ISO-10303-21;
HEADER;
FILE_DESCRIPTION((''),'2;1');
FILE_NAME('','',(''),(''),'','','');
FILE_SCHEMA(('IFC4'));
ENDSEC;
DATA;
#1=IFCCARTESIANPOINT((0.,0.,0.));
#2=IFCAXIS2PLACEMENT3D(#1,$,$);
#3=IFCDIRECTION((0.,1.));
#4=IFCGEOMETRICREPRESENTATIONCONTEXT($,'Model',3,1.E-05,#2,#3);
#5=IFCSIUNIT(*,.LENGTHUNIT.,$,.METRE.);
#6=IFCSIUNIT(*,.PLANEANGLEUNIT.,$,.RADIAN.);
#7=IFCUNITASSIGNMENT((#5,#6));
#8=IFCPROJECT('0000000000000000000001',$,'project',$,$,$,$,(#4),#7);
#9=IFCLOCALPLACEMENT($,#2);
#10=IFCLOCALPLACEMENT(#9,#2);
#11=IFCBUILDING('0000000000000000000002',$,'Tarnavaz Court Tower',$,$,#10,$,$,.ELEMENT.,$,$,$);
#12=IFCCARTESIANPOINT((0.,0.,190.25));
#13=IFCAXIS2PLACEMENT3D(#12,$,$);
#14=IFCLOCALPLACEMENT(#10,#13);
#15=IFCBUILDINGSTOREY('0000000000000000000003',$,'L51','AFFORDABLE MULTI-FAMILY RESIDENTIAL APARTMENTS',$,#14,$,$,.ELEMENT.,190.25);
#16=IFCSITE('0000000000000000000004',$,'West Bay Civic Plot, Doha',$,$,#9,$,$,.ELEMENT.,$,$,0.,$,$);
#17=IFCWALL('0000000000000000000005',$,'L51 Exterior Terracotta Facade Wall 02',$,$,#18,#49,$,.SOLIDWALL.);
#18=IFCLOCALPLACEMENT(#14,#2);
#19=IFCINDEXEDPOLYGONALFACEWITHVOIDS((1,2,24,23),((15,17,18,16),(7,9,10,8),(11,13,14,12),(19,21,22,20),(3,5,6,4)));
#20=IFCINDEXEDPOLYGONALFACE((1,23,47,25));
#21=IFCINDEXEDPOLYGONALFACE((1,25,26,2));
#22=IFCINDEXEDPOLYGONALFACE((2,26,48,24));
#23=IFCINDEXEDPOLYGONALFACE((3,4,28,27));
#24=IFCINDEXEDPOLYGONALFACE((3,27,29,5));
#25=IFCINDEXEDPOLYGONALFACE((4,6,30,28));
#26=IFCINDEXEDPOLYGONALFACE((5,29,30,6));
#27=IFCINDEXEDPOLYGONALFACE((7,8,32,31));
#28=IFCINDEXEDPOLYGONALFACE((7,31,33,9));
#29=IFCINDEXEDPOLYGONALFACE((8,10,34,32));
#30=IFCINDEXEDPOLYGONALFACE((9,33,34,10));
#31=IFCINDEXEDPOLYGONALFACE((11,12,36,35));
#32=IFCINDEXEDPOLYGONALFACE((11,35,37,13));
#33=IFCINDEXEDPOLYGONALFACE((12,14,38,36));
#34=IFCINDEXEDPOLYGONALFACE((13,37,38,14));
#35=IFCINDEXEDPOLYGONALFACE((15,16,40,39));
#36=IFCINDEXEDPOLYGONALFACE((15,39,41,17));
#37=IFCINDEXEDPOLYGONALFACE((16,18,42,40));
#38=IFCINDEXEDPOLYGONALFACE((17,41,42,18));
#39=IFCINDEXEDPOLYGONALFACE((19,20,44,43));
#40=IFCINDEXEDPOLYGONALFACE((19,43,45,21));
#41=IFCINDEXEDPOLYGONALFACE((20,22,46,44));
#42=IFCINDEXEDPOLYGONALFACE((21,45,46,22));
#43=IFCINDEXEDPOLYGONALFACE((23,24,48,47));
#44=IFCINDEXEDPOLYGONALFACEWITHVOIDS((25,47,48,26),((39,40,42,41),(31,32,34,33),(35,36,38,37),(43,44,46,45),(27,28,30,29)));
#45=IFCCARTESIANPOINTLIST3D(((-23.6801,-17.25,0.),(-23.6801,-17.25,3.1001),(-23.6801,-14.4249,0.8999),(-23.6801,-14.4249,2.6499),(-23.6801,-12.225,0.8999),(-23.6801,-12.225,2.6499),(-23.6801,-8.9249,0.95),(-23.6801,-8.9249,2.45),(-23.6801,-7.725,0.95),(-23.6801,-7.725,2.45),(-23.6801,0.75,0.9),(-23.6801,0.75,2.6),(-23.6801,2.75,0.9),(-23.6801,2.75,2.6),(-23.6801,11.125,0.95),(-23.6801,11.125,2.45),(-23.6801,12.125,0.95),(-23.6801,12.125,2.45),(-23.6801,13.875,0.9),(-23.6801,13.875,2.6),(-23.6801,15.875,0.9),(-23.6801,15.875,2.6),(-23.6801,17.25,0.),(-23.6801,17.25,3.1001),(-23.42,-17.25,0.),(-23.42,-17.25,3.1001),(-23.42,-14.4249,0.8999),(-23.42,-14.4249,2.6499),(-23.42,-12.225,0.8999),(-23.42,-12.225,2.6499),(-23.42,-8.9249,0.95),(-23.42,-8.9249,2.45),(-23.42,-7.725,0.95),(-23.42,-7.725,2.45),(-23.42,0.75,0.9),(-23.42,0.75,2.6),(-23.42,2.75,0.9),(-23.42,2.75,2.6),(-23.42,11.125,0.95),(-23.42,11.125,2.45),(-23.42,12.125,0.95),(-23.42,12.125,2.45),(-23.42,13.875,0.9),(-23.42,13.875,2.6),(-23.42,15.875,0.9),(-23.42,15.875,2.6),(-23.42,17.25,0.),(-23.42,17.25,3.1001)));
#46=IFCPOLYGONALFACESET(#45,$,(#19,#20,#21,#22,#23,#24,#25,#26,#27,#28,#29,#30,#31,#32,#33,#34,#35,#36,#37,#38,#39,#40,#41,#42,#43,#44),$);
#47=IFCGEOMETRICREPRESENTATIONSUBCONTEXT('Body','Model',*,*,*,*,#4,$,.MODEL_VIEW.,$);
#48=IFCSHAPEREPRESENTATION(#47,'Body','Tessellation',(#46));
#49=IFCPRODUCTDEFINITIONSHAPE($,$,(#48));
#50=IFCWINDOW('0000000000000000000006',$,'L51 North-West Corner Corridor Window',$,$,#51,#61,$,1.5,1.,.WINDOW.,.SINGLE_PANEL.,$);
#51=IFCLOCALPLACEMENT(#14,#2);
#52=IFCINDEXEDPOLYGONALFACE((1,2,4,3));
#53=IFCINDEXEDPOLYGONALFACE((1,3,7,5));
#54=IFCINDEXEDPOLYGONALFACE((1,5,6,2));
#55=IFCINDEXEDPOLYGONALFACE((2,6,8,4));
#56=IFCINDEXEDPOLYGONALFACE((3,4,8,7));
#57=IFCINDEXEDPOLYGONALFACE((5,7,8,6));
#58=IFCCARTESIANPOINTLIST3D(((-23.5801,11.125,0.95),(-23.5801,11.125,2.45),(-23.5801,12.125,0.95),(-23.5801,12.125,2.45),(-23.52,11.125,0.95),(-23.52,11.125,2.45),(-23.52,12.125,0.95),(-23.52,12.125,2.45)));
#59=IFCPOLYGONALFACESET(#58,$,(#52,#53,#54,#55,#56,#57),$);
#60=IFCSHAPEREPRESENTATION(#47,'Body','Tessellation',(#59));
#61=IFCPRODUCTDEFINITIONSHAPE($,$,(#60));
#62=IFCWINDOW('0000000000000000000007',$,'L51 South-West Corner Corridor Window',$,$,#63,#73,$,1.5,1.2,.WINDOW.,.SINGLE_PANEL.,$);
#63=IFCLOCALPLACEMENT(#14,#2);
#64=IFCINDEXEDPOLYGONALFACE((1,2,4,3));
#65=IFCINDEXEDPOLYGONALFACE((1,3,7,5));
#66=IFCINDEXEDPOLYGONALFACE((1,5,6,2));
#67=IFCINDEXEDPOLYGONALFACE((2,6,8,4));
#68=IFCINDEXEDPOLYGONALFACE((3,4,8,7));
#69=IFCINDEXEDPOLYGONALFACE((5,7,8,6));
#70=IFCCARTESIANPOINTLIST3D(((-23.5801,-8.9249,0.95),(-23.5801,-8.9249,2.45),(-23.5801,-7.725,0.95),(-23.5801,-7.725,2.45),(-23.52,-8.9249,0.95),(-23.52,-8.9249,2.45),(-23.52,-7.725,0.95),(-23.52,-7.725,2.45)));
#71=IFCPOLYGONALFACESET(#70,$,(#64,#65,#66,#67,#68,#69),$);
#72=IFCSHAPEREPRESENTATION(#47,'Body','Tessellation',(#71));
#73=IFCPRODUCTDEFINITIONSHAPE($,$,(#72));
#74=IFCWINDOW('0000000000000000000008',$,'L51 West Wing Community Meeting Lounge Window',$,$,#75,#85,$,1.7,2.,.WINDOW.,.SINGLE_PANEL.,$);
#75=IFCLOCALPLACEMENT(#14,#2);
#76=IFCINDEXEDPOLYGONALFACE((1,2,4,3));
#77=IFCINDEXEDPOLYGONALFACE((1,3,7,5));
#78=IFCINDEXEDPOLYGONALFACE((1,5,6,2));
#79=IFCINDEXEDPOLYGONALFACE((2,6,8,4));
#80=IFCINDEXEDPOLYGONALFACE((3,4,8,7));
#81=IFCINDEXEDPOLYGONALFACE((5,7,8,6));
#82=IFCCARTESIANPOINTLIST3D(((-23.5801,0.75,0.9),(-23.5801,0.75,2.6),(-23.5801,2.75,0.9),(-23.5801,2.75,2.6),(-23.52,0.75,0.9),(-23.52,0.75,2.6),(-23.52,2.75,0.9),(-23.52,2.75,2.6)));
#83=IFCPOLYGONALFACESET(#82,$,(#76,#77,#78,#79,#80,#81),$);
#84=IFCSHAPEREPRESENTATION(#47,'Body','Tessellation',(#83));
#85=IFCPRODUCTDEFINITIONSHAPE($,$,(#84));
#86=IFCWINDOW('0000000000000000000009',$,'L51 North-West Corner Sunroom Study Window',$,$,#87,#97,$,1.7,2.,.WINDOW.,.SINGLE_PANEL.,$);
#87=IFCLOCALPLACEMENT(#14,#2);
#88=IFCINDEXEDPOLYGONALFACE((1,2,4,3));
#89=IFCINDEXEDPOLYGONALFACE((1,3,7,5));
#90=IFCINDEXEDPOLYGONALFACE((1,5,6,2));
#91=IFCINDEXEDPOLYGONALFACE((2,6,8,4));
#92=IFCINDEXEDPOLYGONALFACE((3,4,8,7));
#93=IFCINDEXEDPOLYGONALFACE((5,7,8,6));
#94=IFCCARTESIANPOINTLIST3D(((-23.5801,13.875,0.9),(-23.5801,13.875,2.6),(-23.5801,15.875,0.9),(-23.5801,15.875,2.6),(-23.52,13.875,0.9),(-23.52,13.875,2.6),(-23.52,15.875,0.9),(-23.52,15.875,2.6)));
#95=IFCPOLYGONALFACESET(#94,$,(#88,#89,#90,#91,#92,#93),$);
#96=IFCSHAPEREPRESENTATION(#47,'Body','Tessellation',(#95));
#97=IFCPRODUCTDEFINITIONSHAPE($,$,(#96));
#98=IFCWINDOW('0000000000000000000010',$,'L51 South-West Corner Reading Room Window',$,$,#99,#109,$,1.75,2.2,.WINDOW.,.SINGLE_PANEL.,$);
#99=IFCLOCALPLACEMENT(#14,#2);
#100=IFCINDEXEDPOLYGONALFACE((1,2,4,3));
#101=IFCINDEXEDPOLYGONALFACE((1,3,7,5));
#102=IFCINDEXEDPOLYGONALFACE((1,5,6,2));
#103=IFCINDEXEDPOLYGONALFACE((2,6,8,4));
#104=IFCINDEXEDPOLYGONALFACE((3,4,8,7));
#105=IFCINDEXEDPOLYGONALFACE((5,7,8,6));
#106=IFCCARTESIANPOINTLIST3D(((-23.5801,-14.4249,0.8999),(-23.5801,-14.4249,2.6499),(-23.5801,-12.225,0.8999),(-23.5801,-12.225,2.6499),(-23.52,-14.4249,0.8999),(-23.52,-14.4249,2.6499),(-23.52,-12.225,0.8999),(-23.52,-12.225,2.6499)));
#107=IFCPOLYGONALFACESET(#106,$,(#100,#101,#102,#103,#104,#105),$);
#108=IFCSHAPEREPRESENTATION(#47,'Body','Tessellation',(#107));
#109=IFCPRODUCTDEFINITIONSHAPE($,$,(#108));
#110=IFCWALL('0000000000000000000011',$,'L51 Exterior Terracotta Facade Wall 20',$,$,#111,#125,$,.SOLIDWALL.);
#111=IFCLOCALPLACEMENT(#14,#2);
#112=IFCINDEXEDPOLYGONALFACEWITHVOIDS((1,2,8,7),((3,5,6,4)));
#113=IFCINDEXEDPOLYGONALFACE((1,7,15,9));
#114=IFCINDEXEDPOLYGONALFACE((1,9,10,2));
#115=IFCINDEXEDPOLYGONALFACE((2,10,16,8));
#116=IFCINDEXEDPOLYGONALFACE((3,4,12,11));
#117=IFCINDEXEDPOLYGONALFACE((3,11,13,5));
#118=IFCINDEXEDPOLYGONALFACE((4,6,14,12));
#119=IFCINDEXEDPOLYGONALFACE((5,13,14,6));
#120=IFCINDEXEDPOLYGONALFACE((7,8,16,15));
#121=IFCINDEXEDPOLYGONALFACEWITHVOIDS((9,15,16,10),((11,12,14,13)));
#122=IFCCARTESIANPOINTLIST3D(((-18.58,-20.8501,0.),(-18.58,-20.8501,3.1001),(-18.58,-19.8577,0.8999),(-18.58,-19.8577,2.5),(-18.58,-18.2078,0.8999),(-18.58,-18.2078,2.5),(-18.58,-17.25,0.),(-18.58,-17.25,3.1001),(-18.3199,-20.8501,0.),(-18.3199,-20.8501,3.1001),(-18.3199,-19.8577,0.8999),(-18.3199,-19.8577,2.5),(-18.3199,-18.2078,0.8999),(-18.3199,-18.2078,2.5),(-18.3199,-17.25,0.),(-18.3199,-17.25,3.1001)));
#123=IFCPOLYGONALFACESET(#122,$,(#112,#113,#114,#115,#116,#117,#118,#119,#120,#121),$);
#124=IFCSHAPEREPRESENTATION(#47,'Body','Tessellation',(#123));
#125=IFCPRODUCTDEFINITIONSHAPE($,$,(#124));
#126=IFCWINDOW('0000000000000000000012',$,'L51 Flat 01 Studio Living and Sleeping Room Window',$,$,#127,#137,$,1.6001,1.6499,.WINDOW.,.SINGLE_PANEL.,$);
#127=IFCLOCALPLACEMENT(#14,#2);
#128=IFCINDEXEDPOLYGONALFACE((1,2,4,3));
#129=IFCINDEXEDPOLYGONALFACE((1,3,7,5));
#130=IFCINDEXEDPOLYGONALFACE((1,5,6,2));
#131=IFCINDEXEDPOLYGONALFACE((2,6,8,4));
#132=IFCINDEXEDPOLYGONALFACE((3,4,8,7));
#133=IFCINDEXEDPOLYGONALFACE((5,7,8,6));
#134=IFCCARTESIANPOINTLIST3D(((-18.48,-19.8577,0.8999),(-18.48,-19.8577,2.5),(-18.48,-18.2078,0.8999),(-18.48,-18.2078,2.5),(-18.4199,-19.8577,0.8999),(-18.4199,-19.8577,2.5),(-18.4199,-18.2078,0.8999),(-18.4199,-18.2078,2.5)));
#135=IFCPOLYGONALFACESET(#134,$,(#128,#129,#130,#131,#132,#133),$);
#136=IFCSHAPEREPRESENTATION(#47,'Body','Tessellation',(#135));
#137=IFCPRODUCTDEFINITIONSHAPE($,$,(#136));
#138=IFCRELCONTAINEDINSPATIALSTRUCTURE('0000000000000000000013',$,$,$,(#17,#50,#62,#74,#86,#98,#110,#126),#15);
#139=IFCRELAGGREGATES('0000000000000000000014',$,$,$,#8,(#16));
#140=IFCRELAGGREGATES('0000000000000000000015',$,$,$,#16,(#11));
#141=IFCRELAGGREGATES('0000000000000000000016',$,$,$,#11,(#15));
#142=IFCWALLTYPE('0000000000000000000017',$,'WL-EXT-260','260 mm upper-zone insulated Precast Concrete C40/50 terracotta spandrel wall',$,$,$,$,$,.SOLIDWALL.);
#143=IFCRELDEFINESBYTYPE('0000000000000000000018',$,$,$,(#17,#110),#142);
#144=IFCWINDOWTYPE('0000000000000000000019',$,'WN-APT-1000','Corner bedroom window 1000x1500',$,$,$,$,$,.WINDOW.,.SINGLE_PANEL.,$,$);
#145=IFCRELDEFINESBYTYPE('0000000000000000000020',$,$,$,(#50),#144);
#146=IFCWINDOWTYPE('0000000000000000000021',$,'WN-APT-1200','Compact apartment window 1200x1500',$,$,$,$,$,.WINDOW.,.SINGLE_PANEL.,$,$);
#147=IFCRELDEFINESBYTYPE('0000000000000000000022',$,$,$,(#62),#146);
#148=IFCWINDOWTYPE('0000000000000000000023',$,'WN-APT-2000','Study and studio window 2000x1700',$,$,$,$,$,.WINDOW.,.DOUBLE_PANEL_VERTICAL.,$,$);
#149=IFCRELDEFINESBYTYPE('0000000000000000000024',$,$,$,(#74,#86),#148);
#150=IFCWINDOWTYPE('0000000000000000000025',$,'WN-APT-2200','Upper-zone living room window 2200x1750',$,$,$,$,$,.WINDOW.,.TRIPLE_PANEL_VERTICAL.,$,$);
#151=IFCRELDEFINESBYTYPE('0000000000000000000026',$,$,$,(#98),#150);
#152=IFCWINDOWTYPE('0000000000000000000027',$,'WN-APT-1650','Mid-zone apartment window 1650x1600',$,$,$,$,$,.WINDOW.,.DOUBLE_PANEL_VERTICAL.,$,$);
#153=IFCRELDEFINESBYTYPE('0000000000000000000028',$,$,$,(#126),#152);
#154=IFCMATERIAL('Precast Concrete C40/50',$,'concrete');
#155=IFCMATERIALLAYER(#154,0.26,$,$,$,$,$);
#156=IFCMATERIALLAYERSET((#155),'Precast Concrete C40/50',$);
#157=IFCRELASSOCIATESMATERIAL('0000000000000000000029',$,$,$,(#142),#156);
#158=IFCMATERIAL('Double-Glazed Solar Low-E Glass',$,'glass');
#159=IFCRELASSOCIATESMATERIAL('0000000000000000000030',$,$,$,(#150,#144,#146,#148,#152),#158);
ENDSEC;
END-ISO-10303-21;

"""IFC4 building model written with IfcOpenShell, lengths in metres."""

from ifc_helpers import new_model, si_unit, direction, frame, frame_2d, origin, place, context, subcontext, project, spatial, rectangle, extrude, material, layer, layer_set, type_object, element, fill, save


model = new_model("IFC4")

# Units and contexts
model_context = context("Model", 3, precision=1e-05, world=origin(), true_north=direction((0.0, 1.0)))
body_context = subcontext(model_context, "Body", "Model", "MODEL_VIEW")
ifc_project = project(units=[si_unit("LENGTHUNIT", "METRE"), si_unit("PLANEANGLEUNIT", "RADIAN")], contexts=[model_context])

# Site, building, storey
site_placement = place(None, origin())
site = spatial("IfcSite", under=ifc_project, at=site_placement, Name="West Bay Civic Plot, Doha", CompositionType="ELEMENT", RefElevation=0.0)
building_placement = place(site_placement, origin())
building = spatial("IfcBuilding", under=site, at=building_placement, Name="Tarnavaz Court Tower", CompositionType="ELEMENT")
storey_placement = place(building_placement, frame((0.0, 0.0, 190.25)))
storey = spatial("IfcBuildingStorey", under=building, at=storey_placement, Name="L51", Description="AFFORDABLE MULTI-FAMILY RESIDENTIAL APARTMENTS", CompositionType="ELEMENT", Elevation=190.25)

# Shared definitions
ifc_material_1 = material(Name="Precast Concrete C40/50", Category="concrete")
ifc_layer_1 = layer(ifc_material_1, 0.26)
ifc_layer_set_1 = layer_set([ifc_layer_1], Name="Precast Concrete C40/50")
wall_type_1 = type_object("IfcWallType", Name="WL-EXT-260", Description="260 mm upper-zone insulated Precast Concrete C40/50 terracotta spandrel wall", PredefinedType="SOLIDWALL", material=ifc_layer_set_1)
ifc_material_2 = material(Name="Double-Glazed Solar Low-E Glass", Category="glass")
window_type_1 = type_object("IfcWindowType", Name="WN-APT-2200", Description="Upper-zone living room window 2200x1750", PartitioningType="TRIPLE_PANEL_VERTICAL", PredefinedType="WINDOW", material=ifc_material_2)

# Wall, openings, windows
wall_1_placement = place(storey_placement, frame((-23.55, -17.25, 0.0), z_axis=(0.0, 0.0, 1.0), x_axis=(0.0, 1.0, 0.0)))
wall_1 = element("IfcWall", 1, at=wall_1_placement, inside=storey, type_object=wall_type_1, Name="L51 Exterior Terracotta Facade Wall 02", PredefinedType="SOLIDWALL", context=body_context, shape_type="SweptSolid", body=[
    extrude(rectangle(XDim=34.5, YDim=0.26, at=frame_2d((17.25, 0.0))), origin(), (0.0, 0.0, 1.0), 3.1001),
])
opening_1_placement = place(wall_1_placement, frame((2.825, 0.0, 0.8999)))
opening_1 = element("IfcOpeningElement", 2, at=opening_1_placement, cuts=wall_1, PredefinedType="OPENING", context=body_context, shape_type="SweptSolid", body=[
    extrude(rectangle(XDim=2.2, YDim=1.75, at=frame_2d((1.1001, 0.875))), frame((0.0, 0.1399, 0.0), z_axis=(0.0, -1.0, 0.0), x_axis=(1.0, 0.0, 0.0)), (0.0, 0.0, 1.0), 0.28),
])
opening_2_placement = place(wall_1_placement, frame((8.325, 0.0, 0.95)))
opening_2 = element("IfcOpeningElement", 3, at=opening_2_placement, cuts=wall_1, PredefinedType="OPENING", context=body_context, shape_type="SweptSolid", body=[
    extrude(rectangle(XDim=1.2, YDim=1.5, at=frame_2d((0.6001, 0.75))), frame((0.0, 0.1399, 0.0), z_axis=(0.0, -1.0, 0.0), x_axis=(1.0, 0.0, 0.0)), (0.0, 0.0, 1.0), 0.28),
])
opening_3_placement = place(wall_1_placement, frame((18.0, 0.0, 0.8999)))
opening_3 = element("IfcOpeningElement", 4, at=opening_3_placement, cuts=wall_1, PredefinedType="OPENING", context=body_context, shape_type="SweptSolid", body=[
    extrude(rectangle(XDim=2.0, YDim=1.7, at=frame_2d((1.0, 0.8501))), frame((0.0, 0.1399, 0.0), z_axis=(0.0, -1.0, 0.0), x_axis=(1.0, 0.0, 0.0)), (0.0, 0.0, 1.0), 0.28),
])
opening_4_placement = place(wall_1_placement, frame((28.375, 0.0, 0.95)))
opening_4 = element("IfcOpeningElement", 5, at=opening_4_placement, cuts=wall_1, PredefinedType="OPENING", context=body_context, shape_type="SweptSolid", body=[
    extrude(rectangle(XDim=1.0, YDim=1.5, at=frame_2d((0.5, 0.75))), frame((0.0, 0.1399, 0.0), z_axis=(0.0, -1.0, 0.0), x_axis=(1.0, 0.0, 0.0)), (0.0, 0.0, 1.0), 0.28),
])
opening_5_placement = place(wall_1_placement, frame((31.125, 0.0, 0.8999)))
opening_5 = element("IfcOpeningElement", 6, at=opening_5_placement, cuts=wall_1, PredefinedType="OPENING", context=body_context, shape_type="SweptSolid", body=[
    extrude(rectangle(XDim=2.0, YDim=1.7, at=frame_2d((1.0, 0.8501))), frame((0.0, 0.1399, 0.0), z_axis=(0.0, -1.0, 0.0), x_axis=(1.0, 0.0, 0.0)), (0.0, 0.0, 1.0), 0.28),
])
window_type_2 = type_object("IfcWindowType", Name="WN-APT-1000", Description="Corner bedroom window 1000x1500", PartitioningType="SINGLE_PANEL", PredefinedType="WINDOW", material=ifc_material_2)
window_1_placement = place(opening_4_placement, origin())
window_1 = element("IfcWindow", 7, at=window_1_placement, inside=storey, type_object=window_type_2, Name="L51 North-West Corner Corridor Window", OverallHeight=1.5, OverallWidth=1.0, PartitioningType="SINGLE_PANEL", PredefinedType="WINDOW", context=body_context, shape_type="SweptSolid", body=[
    extrude(rectangle(XDim=1.0, YDim=1.5, at=frame_2d((0.5, 0.75))), frame((0.0, 0.03, 0.0), z_axis=(0.0, -1.0, 0.0), x_axis=(1.0, 0.0, 0.0)), (0.0, 0.0, 1.0), 0.0601),
])
fill(opening_4, window_1)
window_type_3 = type_object("IfcWindowType", Name="WN-APT-1200", Description="Compact apartment window 1200x1500", PartitioningType="SINGLE_PANEL", PredefinedType="WINDOW", material=ifc_material_2)
window_2_placement = place(opening_2_placement, origin())
window_2 = element("IfcWindow", 8, at=window_2_placement, inside=storey, type_object=window_type_3, Name="L51 South-West Corner Corridor Window", OverallHeight=1.5, OverallWidth=1.2, PartitioningType="SINGLE_PANEL", PredefinedType="WINDOW", context=body_context, shape_type="SweptSolid", body=[
    extrude(rectangle(XDim=1.2, YDim=1.5, at=frame_2d((0.6001, 0.75))), frame((0.0, 0.03, 0.0), z_axis=(0.0, -1.0, 0.0), x_axis=(1.0, 0.0, 0.0)), (0.0, 0.0, 1.0), 0.0601),
])
fill(opening_2, window_2)
window_type_4 = type_object("IfcWindowType", Name="WN-APT-2000", Description="Study and studio window 2000x1700", PartitioningType="DOUBLE_PANEL_VERTICAL", PredefinedType="WINDOW", material=ifc_material_2)
window_3_placement = place(opening_3_placement, origin())
window_3 = element("IfcWindow", 9, at=window_3_placement, inside=storey, type_object=window_type_4, Name="L51 West Wing Community Meeting Lounge Window", OverallHeight=1.7, OverallWidth=2.0, PartitioningType="SINGLE_PANEL", PredefinedType="WINDOW", context=body_context, shape_type="SweptSolid", body=[
    extrude(rectangle(XDim=2.0, YDim=1.7, at=frame_2d((1.0, 0.8501))), frame((0.0, 0.03, 0.0), z_axis=(0.0, -1.0, 0.0), x_axis=(1.0, 0.0, 0.0)), (0.0, 0.0, 1.0), 0.0601),
])
fill(opening_3, window_3)
window_4_placement = place(opening_5_placement, origin())
window_4 = element("IfcWindow", 10, at=window_4_placement, inside=storey, type_object=window_type_4, Name="L51 North-West Corner Sunroom Study Window", OverallHeight=1.7, OverallWidth=2.0, PartitioningType="SINGLE_PANEL", PredefinedType="WINDOW", context=body_context, shape_type="SweptSolid", body=[
    extrude(rectangle(XDim=2.0, YDim=1.7, at=frame_2d((1.0, 0.8501))), frame((0.0, 0.03, 0.0), z_axis=(0.0, -1.0, 0.0), x_axis=(1.0, 0.0, 0.0)), (0.0, 0.0, 1.0), 0.0601),
])
fill(opening_5, window_4)
window_5_placement = place(opening_1_placement, origin())
window_5 = element("IfcWindow", 11, at=window_5_placement, inside=storey, type_object=window_type_1, Name="L51 South-West Corner Reading Room Window", OverallHeight=1.75, OverallWidth=2.2, PartitioningType="SINGLE_PANEL", PredefinedType="WINDOW", context=body_context, shape_type="SweptSolid", body=[
    extrude(rectangle(XDim=2.2, YDim=1.75, at=frame_2d((1.1001, 0.875))), frame((0.0, 0.03, 0.0), z_axis=(0.0, -1.0, 0.0), x_axis=(1.0, 0.0, 0.0)), (0.0, 0.0, 1.0), 0.0601),
])
fill(opening_1, window_5)

# Wall, opening, window
wall_2_placement = place(storey_placement, frame((-18.45, -20.8501, 0.0), z_axis=(0.0, 0.0, 1.0), x_axis=(0.0, 1.0, 0.0)))
wall_2 = element("IfcWall", 12, at=wall_2_placement, inside=storey, type_object=wall_type_1, Name="L51 Exterior Terracotta Facade Wall 20", PredefinedType="SOLIDWALL", context=body_context, shape_type="SweptSolid", body=[
    extrude(rectangle(XDim=3.6001, YDim=0.26, at=frame_2d((1.8, 0.0))), origin(), (0.0, 0.0, 1.0), 3.1001),
])
opening_6_placement = place(wall_2_placement, frame((0.9924, 0.0, 0.8999)))
opening_6 = element("IfcOpeningElement", 13, at=opening_6_placement, cuts=wall_2, PredefinedType="OPENING", context=body_context, shape_type="SweptSolid", body=[
    extrude(rectangle(XDim=1.6499, YDim=1.6001, at=frame_2d((0.825, 0.8))), frame((0.0, 0.1399, 0.0), z_axis=(0.0, -1.0, 0.0), x_axis=(1.0, 0.0, 0.0)), (0.0, 0.0, 1.0), 0.28),
])
window_type_5 = type_object("IfcWindowType", Name="WN-APT-1650", Description="Mid-zone apartment window 1650x1600", PartitioningType="DOUBLE_PANEL_VERTICAL", PredefinedType="WINDOW", material=ifc_material_2)
window_6_placement = place(opening_6_placement, origin())
window_6 = element("IfcWindow", 14, at=window_6_placement, inside=storey, type_object=window_type_5, Name="L51 Flat 01 Studio Living and Sleeping Room Window", OverallHeight=1.6001, OverallWidth=1.6499, PartitioningType="SINGLE_PANEL", PredefinedType="WINDOW", context=body_context, shape_type="SweptSolid", body=[
    extrude(rectangle(XDim=1.6499, YDim=1.6001, at=frame_2d((0.825, 0.8))), frame((0.0, 0.03, 0.0), z_axis=(0.0, -1.0, 0.0), x_axis=(1.0, 0.0, 0.0)), (0.0, 0.0, 1.0), 0.0601),
])
fill(opening_6, window_6)

save(model, "model.ifc")
